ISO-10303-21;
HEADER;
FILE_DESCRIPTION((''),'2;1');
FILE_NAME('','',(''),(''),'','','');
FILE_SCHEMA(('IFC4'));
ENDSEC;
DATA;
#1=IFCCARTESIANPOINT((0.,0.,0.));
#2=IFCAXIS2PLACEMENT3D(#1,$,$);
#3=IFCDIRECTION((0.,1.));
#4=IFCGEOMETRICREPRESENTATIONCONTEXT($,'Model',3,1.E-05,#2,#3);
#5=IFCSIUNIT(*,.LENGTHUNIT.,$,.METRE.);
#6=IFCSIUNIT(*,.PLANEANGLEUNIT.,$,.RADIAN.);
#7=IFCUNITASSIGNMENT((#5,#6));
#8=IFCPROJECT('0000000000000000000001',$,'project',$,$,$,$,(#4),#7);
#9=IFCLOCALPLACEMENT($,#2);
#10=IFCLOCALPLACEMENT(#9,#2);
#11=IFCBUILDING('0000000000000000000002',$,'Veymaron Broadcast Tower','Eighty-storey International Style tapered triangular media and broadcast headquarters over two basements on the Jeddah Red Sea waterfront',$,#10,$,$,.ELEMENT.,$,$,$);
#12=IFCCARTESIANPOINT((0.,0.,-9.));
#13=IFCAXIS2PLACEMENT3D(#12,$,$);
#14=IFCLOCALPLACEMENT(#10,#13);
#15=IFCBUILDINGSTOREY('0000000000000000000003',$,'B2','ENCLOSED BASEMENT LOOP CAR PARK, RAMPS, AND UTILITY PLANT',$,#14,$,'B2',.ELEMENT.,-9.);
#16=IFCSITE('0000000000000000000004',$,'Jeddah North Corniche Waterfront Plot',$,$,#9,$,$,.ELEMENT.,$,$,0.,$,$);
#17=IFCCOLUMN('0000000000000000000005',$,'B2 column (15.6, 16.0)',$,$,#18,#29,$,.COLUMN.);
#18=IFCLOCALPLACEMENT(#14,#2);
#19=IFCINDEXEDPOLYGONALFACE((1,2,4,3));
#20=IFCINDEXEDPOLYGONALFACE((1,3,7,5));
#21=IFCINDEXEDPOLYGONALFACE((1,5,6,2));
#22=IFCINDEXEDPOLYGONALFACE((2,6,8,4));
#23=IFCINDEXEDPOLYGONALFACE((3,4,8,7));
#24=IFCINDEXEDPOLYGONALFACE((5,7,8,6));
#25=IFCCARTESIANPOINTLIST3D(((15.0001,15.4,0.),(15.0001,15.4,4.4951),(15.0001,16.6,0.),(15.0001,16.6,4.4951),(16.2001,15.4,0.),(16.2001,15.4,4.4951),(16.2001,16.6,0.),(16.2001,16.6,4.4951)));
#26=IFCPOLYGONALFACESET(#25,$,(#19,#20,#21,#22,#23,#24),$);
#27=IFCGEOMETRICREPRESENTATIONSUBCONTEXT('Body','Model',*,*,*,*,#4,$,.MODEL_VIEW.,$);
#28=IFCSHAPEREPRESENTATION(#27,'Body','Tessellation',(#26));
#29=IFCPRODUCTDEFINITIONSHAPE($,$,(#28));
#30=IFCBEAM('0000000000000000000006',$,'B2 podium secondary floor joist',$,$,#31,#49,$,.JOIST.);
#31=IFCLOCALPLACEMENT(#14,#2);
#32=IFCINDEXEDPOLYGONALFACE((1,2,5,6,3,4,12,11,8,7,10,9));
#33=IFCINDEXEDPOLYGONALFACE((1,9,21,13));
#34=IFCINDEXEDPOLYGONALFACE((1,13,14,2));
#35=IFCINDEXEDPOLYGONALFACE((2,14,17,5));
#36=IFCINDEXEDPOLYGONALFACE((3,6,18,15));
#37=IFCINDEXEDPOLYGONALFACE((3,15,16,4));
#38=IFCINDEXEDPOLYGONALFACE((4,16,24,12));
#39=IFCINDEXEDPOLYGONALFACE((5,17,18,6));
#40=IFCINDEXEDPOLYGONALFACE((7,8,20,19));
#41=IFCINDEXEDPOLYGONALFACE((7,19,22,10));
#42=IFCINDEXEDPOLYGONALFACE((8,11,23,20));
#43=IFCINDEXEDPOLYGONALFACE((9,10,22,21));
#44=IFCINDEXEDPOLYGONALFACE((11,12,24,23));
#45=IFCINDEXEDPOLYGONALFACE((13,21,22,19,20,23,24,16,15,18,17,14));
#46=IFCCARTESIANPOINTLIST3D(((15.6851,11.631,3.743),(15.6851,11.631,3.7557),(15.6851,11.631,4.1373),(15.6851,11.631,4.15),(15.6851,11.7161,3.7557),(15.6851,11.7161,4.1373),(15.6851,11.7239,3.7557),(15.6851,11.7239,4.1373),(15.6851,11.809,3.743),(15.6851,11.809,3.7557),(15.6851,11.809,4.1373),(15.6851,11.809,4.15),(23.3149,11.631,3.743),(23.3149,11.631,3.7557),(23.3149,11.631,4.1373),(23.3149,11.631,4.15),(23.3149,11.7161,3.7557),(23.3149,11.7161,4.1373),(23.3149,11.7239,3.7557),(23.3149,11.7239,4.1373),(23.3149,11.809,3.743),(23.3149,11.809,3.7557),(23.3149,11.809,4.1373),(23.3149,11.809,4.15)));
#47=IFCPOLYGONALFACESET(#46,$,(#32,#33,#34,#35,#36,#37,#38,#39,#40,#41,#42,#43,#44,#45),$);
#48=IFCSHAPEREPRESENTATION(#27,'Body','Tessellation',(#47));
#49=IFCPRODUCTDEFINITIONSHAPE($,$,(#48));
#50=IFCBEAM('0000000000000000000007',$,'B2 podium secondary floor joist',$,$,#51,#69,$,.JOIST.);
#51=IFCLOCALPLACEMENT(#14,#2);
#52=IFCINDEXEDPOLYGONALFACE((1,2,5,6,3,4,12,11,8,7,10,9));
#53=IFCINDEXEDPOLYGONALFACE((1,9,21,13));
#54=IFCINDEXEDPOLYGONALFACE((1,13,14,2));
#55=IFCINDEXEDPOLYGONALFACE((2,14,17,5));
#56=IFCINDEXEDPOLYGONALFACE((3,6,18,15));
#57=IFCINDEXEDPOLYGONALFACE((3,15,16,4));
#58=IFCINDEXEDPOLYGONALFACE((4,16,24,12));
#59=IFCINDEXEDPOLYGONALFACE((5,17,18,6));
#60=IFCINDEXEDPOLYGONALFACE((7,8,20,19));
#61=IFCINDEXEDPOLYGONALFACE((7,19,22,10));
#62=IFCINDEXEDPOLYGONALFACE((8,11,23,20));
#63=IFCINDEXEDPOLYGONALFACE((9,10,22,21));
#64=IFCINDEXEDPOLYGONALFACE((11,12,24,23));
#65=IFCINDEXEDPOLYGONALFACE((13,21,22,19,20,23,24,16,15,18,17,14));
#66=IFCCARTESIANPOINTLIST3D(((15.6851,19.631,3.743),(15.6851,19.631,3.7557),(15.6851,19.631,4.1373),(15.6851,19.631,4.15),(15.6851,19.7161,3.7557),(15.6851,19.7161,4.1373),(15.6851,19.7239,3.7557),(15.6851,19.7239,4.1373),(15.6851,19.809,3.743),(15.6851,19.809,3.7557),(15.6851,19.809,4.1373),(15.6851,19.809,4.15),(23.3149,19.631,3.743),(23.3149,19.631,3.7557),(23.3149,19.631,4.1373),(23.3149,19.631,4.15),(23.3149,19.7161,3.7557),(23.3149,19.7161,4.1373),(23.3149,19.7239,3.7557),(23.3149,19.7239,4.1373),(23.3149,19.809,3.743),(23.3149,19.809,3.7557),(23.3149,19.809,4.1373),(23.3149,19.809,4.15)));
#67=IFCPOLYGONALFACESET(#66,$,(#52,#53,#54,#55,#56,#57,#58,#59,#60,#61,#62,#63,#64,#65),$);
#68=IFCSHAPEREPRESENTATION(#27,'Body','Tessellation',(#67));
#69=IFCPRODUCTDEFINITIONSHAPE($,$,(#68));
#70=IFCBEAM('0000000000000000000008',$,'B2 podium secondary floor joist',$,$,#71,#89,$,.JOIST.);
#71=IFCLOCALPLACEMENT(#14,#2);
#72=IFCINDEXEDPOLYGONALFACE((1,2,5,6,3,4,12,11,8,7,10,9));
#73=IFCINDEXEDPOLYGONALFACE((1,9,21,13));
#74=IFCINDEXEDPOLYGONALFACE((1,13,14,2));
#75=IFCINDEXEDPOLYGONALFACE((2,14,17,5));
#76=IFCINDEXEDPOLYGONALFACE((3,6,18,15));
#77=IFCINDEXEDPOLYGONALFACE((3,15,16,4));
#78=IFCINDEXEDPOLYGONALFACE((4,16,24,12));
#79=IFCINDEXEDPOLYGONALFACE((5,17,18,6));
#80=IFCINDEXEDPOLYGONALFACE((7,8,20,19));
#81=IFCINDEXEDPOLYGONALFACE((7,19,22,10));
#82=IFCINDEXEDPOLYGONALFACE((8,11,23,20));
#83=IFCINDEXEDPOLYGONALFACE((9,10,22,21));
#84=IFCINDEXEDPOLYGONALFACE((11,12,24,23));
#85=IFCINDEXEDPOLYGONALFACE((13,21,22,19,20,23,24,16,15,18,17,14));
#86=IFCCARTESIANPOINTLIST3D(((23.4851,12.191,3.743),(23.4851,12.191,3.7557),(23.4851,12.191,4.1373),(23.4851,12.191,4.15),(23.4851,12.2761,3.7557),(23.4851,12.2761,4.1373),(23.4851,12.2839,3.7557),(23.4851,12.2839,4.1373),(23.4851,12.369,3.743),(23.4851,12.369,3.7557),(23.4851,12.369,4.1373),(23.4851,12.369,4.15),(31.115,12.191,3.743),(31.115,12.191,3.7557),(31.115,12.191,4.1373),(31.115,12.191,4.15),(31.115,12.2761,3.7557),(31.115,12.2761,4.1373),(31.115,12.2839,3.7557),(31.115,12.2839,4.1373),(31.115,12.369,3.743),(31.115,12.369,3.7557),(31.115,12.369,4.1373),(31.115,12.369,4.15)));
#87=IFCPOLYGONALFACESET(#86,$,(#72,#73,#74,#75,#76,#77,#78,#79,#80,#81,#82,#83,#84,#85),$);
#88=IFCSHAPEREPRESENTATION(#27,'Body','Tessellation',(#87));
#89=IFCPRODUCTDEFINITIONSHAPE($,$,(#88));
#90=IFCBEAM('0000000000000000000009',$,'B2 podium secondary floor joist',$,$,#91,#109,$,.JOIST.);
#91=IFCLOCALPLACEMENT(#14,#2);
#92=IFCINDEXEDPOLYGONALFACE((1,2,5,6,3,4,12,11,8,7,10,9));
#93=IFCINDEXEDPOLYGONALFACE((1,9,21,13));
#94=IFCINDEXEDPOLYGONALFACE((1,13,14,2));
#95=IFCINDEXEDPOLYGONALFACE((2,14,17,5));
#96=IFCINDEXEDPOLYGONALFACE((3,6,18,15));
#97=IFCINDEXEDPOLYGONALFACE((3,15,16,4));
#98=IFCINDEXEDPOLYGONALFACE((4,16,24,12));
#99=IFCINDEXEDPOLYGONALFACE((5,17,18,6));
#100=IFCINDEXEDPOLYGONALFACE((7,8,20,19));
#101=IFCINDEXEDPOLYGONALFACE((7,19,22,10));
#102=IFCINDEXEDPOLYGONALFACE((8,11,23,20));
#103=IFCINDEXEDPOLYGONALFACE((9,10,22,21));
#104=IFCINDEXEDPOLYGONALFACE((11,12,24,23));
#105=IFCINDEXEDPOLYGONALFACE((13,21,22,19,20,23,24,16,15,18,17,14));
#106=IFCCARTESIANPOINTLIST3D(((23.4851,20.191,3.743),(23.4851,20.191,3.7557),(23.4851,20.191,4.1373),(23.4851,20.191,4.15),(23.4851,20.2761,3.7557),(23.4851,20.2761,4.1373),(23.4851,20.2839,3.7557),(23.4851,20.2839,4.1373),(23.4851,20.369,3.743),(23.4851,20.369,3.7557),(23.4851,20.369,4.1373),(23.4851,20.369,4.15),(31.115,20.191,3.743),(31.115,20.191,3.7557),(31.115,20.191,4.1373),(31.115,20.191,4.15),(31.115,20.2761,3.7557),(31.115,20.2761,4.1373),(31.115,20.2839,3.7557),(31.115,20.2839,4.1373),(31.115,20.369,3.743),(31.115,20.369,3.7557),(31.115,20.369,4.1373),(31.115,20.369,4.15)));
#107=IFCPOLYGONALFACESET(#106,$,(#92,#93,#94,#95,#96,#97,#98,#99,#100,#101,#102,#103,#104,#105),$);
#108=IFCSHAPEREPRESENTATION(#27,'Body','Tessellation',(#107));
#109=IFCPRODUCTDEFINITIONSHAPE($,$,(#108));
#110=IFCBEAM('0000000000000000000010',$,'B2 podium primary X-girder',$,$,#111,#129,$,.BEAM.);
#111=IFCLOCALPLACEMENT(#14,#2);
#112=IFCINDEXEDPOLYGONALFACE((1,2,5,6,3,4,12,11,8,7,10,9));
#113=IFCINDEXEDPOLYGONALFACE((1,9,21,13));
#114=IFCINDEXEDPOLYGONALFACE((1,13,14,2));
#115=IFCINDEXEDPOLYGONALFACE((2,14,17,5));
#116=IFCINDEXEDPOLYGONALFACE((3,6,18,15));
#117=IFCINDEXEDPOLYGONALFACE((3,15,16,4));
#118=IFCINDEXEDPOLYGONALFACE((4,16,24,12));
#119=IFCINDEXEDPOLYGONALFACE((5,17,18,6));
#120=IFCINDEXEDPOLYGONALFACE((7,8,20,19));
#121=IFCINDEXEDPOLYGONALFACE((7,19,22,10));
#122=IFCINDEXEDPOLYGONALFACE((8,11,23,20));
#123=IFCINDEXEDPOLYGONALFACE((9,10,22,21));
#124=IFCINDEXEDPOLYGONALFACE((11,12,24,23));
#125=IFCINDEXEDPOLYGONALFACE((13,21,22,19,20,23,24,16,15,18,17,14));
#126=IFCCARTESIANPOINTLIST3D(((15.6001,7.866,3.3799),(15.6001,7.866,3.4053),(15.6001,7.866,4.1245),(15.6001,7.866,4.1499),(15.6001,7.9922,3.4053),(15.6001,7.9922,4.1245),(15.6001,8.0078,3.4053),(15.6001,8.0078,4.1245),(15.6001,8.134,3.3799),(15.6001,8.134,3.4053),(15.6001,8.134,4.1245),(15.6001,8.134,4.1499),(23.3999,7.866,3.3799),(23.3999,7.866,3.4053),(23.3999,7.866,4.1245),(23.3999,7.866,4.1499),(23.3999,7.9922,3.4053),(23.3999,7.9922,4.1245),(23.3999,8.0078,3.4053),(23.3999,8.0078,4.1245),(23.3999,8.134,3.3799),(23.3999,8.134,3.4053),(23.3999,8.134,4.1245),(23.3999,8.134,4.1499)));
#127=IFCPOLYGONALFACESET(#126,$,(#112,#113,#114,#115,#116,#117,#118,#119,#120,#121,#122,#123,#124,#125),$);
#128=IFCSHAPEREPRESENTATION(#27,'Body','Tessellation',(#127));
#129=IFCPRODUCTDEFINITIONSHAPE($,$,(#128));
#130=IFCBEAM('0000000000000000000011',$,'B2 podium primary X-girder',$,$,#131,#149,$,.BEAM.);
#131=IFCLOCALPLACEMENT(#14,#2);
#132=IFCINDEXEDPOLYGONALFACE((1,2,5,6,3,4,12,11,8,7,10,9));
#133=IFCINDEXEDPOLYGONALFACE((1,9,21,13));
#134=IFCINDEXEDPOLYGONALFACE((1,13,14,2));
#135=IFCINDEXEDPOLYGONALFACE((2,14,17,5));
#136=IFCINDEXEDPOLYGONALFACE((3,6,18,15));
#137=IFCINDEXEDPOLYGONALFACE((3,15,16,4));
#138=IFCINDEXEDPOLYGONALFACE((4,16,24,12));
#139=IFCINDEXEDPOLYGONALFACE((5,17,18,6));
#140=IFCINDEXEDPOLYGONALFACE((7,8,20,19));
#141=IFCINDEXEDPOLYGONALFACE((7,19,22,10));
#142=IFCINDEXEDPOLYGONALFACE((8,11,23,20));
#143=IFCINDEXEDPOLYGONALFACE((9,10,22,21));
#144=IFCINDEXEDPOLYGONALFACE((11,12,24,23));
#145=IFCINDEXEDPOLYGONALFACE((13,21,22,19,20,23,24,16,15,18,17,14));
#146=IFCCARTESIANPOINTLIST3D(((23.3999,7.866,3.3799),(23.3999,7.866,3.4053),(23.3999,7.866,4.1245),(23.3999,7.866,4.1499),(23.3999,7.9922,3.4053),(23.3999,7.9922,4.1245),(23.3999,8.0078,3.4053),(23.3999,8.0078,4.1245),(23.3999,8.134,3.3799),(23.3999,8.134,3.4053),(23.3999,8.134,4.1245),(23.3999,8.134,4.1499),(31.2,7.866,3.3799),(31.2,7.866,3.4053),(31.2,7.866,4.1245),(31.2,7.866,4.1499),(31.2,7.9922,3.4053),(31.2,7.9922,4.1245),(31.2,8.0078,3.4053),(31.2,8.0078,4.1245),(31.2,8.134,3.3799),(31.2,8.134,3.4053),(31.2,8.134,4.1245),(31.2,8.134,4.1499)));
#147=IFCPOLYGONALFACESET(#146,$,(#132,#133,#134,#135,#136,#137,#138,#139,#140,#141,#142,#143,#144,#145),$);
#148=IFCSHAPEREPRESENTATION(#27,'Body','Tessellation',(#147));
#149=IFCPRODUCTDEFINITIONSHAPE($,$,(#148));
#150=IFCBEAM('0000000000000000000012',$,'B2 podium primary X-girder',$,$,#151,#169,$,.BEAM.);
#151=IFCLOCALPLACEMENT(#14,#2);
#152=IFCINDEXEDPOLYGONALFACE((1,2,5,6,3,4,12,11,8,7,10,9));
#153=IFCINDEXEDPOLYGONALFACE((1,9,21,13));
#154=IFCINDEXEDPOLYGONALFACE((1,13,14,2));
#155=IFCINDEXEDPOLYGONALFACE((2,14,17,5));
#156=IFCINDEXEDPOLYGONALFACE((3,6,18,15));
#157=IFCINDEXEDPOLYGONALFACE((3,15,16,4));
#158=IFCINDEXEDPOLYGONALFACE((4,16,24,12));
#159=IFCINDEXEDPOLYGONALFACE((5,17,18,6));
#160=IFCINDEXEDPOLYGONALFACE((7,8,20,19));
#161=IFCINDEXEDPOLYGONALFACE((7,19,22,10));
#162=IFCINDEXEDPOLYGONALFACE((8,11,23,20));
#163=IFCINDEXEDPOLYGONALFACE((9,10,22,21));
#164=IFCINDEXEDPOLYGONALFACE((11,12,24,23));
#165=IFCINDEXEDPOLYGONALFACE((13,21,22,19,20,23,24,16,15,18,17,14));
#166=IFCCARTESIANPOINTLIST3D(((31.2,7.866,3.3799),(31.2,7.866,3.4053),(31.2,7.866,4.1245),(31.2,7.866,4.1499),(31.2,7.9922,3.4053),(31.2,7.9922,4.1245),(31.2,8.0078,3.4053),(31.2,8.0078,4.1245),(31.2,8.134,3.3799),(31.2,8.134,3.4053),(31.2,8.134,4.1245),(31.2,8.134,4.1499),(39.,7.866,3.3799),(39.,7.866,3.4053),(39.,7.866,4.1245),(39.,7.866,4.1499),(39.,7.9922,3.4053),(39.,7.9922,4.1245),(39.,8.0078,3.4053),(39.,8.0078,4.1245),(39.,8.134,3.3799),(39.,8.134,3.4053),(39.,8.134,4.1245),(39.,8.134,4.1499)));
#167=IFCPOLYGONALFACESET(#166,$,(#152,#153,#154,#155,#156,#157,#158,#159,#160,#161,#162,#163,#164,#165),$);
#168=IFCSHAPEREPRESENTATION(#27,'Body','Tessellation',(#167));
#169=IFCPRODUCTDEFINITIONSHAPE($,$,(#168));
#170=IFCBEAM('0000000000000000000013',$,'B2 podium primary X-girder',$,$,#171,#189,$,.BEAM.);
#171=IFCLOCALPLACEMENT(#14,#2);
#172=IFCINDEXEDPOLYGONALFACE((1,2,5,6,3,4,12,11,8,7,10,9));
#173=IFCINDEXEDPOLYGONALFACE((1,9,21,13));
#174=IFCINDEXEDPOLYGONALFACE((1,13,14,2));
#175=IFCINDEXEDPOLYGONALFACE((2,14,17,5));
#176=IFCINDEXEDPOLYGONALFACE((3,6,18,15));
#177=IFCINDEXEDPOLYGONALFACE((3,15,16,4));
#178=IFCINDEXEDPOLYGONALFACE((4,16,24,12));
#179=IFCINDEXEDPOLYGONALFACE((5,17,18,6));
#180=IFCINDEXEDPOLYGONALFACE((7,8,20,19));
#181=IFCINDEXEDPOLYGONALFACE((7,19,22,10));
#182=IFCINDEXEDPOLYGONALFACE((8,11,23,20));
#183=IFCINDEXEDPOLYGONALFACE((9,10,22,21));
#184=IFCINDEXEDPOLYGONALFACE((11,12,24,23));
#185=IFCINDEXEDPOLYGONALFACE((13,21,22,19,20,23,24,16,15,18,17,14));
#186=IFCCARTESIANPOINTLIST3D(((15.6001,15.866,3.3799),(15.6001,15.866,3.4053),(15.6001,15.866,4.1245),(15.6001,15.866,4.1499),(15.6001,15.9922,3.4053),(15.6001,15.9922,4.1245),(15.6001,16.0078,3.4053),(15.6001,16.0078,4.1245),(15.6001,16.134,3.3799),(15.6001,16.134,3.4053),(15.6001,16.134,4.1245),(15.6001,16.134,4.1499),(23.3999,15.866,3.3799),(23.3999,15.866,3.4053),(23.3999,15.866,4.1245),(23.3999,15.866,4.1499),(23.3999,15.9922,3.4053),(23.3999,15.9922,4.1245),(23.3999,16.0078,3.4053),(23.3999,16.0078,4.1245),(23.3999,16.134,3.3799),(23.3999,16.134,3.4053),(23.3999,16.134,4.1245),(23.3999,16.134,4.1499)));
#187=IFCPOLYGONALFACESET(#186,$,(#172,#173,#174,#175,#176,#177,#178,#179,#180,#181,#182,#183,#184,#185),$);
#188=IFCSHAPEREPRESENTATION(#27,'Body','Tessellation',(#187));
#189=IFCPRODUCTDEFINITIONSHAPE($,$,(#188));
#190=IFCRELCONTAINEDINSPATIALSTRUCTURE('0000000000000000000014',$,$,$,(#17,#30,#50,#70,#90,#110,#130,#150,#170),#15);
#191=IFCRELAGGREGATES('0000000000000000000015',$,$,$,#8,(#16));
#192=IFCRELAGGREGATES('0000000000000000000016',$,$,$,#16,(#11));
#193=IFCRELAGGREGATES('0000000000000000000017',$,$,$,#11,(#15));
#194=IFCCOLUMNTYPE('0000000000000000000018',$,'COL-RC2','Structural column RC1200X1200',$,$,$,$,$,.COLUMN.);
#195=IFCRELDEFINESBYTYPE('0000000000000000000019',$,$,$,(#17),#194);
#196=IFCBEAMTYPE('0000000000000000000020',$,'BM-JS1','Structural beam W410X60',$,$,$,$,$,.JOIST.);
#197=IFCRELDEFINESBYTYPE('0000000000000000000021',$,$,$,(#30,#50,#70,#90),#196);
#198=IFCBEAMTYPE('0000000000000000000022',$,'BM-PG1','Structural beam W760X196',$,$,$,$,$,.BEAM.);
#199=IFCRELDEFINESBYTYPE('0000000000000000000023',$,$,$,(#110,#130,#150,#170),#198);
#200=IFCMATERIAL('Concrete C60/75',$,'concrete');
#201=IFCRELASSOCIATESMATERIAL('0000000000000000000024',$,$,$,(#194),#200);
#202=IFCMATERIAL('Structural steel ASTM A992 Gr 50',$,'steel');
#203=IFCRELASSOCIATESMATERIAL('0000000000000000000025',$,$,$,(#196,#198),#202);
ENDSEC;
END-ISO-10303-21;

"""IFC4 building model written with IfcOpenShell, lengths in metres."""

from ifc_helpers import new_model, si_unit, direction, frame, origin, origin_2d, place, context, subcontext, project, spatial, rectangle, i_section, extrude, material, material_profile, profile_set, type_object, element, save


model = new_model("IFC4")

# Units and contexts
model_context = context("Model", 3, precision=1e-05, world=origin(), true_north=direction((0.0, 1.0)))
body_context = subcontext(model_context, "Body", "Model", "MODEL_VIEW")
ifc_project = project(units=[si_unit("LENGTHUNIT", "METRE"), si_unit("PLANEANGLEUNIT", "RADIAN")], contexts=[model_context])

# Site, building, storey
site_placement = place(None, origin())
site = spatial("IfcSite", under=ifc_project, at=site_placement, Name="Jeddah North Corniche Waterfront Plot", CompositionType="ELEMENT", RefElevation=0.0)
building_placement = place(site_placement, origin())
building = spatial("IfcBuilding", under=site, at=building_placement, Name="Veymaron Broadcast Tower", Description="Eighty-storey International Style tapered triangular media and broadcast headquarters over two basements on the Jeddah Red Sea waterfront", CompositionType="ELEMENT")
storey_placement = place(building_placement, frame((0.0, 0.0, -9.0)))
storey = spatial("IfcBuildingStorey", under=building, at=storey_placement, Name="B2", Description="ENCLOSED BASEMENT LOOP CAR PARK, RAMPS, AND UTILITY PLANT", LongName="B2", CompositionType="ELEMENT", Elevation=-9.0)

# Column
ifc_material_1 = material(Name="Concrete C60/75", Category="concrete")
ifc_material_profile_1 = material_profile(ifc_material_1, rectangle(XDim=1.2, YDim=1.2, at=origin_2d()), Name="RC1200X1200")
ifc_profile_set_1 = profile_set([ifc_material_profile_1], Name="Concrete C60/75")
column_type_1 = type_object("IfcColumnType", Name="COL-RC2", Description="Structural column RC1200X1200", PredefinedType="COLUMN", material=ifc_profile_set_1)
for number, where, z_axis, x_axis, name in (
    (1, (15.6001, 16.0, 0.0), (0.0, 0.0, 1.0), (1.0, 0.0, 0.0), "B2 column (15.6, 16.0)"),
):
    element("IfcColumn", number, at=place(storey_placement, frame(where, z_axis=z_axis, x_axis=x_axis)), inside=storey, type_object=column_type_1, Name=name, PredefinedType="COLUMN", context=body_context, shape_type="SweptSolid", body=[
        extrude(rectangle(XDim=1.2, YDim=1.2, at=origin_2d()), origin(), (0.0, 0.0, 1.0), 4.4951),
    ])

# Beams
ifc_material_2 = material(Name="Structural steel ASTM A992 Gr 50", Category="steel")
ifc_material_profile_2 = material_profile(ifc_material_2, i_section(OverallWidth=0.178, OverallDepth=0.407, WebThickness=0.0078, FlangeThickness=0.0127, at=origin_2d()), Name="W410X60")
ifc_profile_set_2 = profile_set([ifc_material_profile_2], Name="Structural steel ASTM A992 Gr 50")
beam_type_1 = type_object("IfcBeamType", Name="BM-JS1", Description="Structural beam W410X60", PredefinedType="JOIST", material=ifc_profile_set_2)
for number, where, z_axis, x_axis, name in (
    (2, (15.6851, 11.72, 3.9465), (1.0, 0.0, 0.0), (0.0, 1.0, 0.0), "B2 podium secondary floor joist"),
    (3, (15.6851, 19.72, 3.9465), (1.0, 0.0, 0.0), (0.0, 1.0, 0.0), "B2 podium secondary floor joist"),
    (4, (23.4851, 12.28, 3.9465), (1.0, 0.0, 0.0), (0.0, 1.0, 0.0), "B2 podium secondary floor joist"),
    (5, (23.4851, 20.28, 3.9465), (1.0, 0.0, 0.0), (0.0, 1.0, 0.0), "B2 podium secondary floor joist"),
):
    element("IfcBeam", number, at=place(storey_placement, frame(where, z_axis=z_axis, x_axis=x_axis)), inside=storey, type_object=beam_type_1, Name=name, PredefinedType="JOIST", context=body_context, shape_type="SweptSolid", body=[
        extrude(i_section(OverallWidth=0.178, OverallDepth=0.407, WebThickness=0.0078, FlangeThickness=0.0127, at=origin_2d()), origin(), (0.0, 0.0, 1.0), 7.6299),
    ])
ifc_material_profile_3 = material_profile(ifc_material_2, i_section(OverallWidth=0.2681, OverallDepth=0.77, WebThickness=0.0156, FlangeThickness=0.0254, at=origin_2d()), Name="W760X196")
ifc_profile_set_3 = profile_set([ifc_material_profile_3], Name="Structural steel ASTM A992 Gr 50")
beam_type_2 = type_object("IfcBeamType", Name="BM-PG1", Description="Structural beam W760X196", PredefinedType="BEAM", material=ifc_profile_set_3)
beam_1_placement = place(storey_placement, frame((15.6001, 8.0, 3.7649), z_axis=(1.0, 0.0, 0.0), x_axis=(0.0, 1.0, 0.0)))
element("IfcBeam", 6, at=beam_1_placement, inside=storey, type_object=beam_type_2, Name="B2 podium primary X-girder", PredefinedType="BEAM", context=body_context, shape_type="SweptSolid", body=[
    extrude(i_section(OverallWidth=0.2681, OverallDepth=0.77, WebThickness=0.0156, FlangeThickness=0.0254, at=origin_2d()), origin(), (0.0, 0.0, 1.0), 7.7998),
])
for number, where, z_axis, x_axis, name in (
    (7, (23.3999, 8.0, 3.7649), (1.0, 0.0, 0.0), (0.0, 1.0, 0.0), "B2 podium primary X-girder"),
    (8, (31.2, 8.0, 3.7649), (1.0, 0.0, 0.0), (0.0, 1.0, 0.0), "B2 podium primary X-girder"),
):
    element("IfcBeam", number, at=place(storey_placement, frame(where, z_axis=z_axis, x_axis=x_axis)), inside=storey, type_object=beam_type_2, Name=name, PredefinedType="BEAM", context=body_context, shape_type="SweptSolid", body=[
        extrude(i_section(OverallWidth=0.2681, OverallDepth=0.77, WebThickness=0.0156, FlangeThickness=0.0254, at=origin_2d()), origin(), (0.0, 0.0, 1.0), 7.8),
    ])
beam_2_placement = place(storey_placement, frame((15.6001, 16.0, 3.7649), z_axis=(1.0, 0.0, 0.0), x_axis=(0.0, 1.0, 0.0)))
element("IfcBeam", 9, at=beam_2_placement, inside=storey, type_object=beam_type_2, Name="B2 podium primary X-girder", PredefinedType="BEAM", context=body_context, shape_type="SweptSolid", body=[
    extrude(i_section(OverallWidth=0.2681, OverallDepth=0.77, WebThickness=0.0156, FlangeThickness=0.0254, at=origin_2d()), origin(), (0.0, 0.0, 1.0), 7.7998),
])

save(model, "model.ifc")
